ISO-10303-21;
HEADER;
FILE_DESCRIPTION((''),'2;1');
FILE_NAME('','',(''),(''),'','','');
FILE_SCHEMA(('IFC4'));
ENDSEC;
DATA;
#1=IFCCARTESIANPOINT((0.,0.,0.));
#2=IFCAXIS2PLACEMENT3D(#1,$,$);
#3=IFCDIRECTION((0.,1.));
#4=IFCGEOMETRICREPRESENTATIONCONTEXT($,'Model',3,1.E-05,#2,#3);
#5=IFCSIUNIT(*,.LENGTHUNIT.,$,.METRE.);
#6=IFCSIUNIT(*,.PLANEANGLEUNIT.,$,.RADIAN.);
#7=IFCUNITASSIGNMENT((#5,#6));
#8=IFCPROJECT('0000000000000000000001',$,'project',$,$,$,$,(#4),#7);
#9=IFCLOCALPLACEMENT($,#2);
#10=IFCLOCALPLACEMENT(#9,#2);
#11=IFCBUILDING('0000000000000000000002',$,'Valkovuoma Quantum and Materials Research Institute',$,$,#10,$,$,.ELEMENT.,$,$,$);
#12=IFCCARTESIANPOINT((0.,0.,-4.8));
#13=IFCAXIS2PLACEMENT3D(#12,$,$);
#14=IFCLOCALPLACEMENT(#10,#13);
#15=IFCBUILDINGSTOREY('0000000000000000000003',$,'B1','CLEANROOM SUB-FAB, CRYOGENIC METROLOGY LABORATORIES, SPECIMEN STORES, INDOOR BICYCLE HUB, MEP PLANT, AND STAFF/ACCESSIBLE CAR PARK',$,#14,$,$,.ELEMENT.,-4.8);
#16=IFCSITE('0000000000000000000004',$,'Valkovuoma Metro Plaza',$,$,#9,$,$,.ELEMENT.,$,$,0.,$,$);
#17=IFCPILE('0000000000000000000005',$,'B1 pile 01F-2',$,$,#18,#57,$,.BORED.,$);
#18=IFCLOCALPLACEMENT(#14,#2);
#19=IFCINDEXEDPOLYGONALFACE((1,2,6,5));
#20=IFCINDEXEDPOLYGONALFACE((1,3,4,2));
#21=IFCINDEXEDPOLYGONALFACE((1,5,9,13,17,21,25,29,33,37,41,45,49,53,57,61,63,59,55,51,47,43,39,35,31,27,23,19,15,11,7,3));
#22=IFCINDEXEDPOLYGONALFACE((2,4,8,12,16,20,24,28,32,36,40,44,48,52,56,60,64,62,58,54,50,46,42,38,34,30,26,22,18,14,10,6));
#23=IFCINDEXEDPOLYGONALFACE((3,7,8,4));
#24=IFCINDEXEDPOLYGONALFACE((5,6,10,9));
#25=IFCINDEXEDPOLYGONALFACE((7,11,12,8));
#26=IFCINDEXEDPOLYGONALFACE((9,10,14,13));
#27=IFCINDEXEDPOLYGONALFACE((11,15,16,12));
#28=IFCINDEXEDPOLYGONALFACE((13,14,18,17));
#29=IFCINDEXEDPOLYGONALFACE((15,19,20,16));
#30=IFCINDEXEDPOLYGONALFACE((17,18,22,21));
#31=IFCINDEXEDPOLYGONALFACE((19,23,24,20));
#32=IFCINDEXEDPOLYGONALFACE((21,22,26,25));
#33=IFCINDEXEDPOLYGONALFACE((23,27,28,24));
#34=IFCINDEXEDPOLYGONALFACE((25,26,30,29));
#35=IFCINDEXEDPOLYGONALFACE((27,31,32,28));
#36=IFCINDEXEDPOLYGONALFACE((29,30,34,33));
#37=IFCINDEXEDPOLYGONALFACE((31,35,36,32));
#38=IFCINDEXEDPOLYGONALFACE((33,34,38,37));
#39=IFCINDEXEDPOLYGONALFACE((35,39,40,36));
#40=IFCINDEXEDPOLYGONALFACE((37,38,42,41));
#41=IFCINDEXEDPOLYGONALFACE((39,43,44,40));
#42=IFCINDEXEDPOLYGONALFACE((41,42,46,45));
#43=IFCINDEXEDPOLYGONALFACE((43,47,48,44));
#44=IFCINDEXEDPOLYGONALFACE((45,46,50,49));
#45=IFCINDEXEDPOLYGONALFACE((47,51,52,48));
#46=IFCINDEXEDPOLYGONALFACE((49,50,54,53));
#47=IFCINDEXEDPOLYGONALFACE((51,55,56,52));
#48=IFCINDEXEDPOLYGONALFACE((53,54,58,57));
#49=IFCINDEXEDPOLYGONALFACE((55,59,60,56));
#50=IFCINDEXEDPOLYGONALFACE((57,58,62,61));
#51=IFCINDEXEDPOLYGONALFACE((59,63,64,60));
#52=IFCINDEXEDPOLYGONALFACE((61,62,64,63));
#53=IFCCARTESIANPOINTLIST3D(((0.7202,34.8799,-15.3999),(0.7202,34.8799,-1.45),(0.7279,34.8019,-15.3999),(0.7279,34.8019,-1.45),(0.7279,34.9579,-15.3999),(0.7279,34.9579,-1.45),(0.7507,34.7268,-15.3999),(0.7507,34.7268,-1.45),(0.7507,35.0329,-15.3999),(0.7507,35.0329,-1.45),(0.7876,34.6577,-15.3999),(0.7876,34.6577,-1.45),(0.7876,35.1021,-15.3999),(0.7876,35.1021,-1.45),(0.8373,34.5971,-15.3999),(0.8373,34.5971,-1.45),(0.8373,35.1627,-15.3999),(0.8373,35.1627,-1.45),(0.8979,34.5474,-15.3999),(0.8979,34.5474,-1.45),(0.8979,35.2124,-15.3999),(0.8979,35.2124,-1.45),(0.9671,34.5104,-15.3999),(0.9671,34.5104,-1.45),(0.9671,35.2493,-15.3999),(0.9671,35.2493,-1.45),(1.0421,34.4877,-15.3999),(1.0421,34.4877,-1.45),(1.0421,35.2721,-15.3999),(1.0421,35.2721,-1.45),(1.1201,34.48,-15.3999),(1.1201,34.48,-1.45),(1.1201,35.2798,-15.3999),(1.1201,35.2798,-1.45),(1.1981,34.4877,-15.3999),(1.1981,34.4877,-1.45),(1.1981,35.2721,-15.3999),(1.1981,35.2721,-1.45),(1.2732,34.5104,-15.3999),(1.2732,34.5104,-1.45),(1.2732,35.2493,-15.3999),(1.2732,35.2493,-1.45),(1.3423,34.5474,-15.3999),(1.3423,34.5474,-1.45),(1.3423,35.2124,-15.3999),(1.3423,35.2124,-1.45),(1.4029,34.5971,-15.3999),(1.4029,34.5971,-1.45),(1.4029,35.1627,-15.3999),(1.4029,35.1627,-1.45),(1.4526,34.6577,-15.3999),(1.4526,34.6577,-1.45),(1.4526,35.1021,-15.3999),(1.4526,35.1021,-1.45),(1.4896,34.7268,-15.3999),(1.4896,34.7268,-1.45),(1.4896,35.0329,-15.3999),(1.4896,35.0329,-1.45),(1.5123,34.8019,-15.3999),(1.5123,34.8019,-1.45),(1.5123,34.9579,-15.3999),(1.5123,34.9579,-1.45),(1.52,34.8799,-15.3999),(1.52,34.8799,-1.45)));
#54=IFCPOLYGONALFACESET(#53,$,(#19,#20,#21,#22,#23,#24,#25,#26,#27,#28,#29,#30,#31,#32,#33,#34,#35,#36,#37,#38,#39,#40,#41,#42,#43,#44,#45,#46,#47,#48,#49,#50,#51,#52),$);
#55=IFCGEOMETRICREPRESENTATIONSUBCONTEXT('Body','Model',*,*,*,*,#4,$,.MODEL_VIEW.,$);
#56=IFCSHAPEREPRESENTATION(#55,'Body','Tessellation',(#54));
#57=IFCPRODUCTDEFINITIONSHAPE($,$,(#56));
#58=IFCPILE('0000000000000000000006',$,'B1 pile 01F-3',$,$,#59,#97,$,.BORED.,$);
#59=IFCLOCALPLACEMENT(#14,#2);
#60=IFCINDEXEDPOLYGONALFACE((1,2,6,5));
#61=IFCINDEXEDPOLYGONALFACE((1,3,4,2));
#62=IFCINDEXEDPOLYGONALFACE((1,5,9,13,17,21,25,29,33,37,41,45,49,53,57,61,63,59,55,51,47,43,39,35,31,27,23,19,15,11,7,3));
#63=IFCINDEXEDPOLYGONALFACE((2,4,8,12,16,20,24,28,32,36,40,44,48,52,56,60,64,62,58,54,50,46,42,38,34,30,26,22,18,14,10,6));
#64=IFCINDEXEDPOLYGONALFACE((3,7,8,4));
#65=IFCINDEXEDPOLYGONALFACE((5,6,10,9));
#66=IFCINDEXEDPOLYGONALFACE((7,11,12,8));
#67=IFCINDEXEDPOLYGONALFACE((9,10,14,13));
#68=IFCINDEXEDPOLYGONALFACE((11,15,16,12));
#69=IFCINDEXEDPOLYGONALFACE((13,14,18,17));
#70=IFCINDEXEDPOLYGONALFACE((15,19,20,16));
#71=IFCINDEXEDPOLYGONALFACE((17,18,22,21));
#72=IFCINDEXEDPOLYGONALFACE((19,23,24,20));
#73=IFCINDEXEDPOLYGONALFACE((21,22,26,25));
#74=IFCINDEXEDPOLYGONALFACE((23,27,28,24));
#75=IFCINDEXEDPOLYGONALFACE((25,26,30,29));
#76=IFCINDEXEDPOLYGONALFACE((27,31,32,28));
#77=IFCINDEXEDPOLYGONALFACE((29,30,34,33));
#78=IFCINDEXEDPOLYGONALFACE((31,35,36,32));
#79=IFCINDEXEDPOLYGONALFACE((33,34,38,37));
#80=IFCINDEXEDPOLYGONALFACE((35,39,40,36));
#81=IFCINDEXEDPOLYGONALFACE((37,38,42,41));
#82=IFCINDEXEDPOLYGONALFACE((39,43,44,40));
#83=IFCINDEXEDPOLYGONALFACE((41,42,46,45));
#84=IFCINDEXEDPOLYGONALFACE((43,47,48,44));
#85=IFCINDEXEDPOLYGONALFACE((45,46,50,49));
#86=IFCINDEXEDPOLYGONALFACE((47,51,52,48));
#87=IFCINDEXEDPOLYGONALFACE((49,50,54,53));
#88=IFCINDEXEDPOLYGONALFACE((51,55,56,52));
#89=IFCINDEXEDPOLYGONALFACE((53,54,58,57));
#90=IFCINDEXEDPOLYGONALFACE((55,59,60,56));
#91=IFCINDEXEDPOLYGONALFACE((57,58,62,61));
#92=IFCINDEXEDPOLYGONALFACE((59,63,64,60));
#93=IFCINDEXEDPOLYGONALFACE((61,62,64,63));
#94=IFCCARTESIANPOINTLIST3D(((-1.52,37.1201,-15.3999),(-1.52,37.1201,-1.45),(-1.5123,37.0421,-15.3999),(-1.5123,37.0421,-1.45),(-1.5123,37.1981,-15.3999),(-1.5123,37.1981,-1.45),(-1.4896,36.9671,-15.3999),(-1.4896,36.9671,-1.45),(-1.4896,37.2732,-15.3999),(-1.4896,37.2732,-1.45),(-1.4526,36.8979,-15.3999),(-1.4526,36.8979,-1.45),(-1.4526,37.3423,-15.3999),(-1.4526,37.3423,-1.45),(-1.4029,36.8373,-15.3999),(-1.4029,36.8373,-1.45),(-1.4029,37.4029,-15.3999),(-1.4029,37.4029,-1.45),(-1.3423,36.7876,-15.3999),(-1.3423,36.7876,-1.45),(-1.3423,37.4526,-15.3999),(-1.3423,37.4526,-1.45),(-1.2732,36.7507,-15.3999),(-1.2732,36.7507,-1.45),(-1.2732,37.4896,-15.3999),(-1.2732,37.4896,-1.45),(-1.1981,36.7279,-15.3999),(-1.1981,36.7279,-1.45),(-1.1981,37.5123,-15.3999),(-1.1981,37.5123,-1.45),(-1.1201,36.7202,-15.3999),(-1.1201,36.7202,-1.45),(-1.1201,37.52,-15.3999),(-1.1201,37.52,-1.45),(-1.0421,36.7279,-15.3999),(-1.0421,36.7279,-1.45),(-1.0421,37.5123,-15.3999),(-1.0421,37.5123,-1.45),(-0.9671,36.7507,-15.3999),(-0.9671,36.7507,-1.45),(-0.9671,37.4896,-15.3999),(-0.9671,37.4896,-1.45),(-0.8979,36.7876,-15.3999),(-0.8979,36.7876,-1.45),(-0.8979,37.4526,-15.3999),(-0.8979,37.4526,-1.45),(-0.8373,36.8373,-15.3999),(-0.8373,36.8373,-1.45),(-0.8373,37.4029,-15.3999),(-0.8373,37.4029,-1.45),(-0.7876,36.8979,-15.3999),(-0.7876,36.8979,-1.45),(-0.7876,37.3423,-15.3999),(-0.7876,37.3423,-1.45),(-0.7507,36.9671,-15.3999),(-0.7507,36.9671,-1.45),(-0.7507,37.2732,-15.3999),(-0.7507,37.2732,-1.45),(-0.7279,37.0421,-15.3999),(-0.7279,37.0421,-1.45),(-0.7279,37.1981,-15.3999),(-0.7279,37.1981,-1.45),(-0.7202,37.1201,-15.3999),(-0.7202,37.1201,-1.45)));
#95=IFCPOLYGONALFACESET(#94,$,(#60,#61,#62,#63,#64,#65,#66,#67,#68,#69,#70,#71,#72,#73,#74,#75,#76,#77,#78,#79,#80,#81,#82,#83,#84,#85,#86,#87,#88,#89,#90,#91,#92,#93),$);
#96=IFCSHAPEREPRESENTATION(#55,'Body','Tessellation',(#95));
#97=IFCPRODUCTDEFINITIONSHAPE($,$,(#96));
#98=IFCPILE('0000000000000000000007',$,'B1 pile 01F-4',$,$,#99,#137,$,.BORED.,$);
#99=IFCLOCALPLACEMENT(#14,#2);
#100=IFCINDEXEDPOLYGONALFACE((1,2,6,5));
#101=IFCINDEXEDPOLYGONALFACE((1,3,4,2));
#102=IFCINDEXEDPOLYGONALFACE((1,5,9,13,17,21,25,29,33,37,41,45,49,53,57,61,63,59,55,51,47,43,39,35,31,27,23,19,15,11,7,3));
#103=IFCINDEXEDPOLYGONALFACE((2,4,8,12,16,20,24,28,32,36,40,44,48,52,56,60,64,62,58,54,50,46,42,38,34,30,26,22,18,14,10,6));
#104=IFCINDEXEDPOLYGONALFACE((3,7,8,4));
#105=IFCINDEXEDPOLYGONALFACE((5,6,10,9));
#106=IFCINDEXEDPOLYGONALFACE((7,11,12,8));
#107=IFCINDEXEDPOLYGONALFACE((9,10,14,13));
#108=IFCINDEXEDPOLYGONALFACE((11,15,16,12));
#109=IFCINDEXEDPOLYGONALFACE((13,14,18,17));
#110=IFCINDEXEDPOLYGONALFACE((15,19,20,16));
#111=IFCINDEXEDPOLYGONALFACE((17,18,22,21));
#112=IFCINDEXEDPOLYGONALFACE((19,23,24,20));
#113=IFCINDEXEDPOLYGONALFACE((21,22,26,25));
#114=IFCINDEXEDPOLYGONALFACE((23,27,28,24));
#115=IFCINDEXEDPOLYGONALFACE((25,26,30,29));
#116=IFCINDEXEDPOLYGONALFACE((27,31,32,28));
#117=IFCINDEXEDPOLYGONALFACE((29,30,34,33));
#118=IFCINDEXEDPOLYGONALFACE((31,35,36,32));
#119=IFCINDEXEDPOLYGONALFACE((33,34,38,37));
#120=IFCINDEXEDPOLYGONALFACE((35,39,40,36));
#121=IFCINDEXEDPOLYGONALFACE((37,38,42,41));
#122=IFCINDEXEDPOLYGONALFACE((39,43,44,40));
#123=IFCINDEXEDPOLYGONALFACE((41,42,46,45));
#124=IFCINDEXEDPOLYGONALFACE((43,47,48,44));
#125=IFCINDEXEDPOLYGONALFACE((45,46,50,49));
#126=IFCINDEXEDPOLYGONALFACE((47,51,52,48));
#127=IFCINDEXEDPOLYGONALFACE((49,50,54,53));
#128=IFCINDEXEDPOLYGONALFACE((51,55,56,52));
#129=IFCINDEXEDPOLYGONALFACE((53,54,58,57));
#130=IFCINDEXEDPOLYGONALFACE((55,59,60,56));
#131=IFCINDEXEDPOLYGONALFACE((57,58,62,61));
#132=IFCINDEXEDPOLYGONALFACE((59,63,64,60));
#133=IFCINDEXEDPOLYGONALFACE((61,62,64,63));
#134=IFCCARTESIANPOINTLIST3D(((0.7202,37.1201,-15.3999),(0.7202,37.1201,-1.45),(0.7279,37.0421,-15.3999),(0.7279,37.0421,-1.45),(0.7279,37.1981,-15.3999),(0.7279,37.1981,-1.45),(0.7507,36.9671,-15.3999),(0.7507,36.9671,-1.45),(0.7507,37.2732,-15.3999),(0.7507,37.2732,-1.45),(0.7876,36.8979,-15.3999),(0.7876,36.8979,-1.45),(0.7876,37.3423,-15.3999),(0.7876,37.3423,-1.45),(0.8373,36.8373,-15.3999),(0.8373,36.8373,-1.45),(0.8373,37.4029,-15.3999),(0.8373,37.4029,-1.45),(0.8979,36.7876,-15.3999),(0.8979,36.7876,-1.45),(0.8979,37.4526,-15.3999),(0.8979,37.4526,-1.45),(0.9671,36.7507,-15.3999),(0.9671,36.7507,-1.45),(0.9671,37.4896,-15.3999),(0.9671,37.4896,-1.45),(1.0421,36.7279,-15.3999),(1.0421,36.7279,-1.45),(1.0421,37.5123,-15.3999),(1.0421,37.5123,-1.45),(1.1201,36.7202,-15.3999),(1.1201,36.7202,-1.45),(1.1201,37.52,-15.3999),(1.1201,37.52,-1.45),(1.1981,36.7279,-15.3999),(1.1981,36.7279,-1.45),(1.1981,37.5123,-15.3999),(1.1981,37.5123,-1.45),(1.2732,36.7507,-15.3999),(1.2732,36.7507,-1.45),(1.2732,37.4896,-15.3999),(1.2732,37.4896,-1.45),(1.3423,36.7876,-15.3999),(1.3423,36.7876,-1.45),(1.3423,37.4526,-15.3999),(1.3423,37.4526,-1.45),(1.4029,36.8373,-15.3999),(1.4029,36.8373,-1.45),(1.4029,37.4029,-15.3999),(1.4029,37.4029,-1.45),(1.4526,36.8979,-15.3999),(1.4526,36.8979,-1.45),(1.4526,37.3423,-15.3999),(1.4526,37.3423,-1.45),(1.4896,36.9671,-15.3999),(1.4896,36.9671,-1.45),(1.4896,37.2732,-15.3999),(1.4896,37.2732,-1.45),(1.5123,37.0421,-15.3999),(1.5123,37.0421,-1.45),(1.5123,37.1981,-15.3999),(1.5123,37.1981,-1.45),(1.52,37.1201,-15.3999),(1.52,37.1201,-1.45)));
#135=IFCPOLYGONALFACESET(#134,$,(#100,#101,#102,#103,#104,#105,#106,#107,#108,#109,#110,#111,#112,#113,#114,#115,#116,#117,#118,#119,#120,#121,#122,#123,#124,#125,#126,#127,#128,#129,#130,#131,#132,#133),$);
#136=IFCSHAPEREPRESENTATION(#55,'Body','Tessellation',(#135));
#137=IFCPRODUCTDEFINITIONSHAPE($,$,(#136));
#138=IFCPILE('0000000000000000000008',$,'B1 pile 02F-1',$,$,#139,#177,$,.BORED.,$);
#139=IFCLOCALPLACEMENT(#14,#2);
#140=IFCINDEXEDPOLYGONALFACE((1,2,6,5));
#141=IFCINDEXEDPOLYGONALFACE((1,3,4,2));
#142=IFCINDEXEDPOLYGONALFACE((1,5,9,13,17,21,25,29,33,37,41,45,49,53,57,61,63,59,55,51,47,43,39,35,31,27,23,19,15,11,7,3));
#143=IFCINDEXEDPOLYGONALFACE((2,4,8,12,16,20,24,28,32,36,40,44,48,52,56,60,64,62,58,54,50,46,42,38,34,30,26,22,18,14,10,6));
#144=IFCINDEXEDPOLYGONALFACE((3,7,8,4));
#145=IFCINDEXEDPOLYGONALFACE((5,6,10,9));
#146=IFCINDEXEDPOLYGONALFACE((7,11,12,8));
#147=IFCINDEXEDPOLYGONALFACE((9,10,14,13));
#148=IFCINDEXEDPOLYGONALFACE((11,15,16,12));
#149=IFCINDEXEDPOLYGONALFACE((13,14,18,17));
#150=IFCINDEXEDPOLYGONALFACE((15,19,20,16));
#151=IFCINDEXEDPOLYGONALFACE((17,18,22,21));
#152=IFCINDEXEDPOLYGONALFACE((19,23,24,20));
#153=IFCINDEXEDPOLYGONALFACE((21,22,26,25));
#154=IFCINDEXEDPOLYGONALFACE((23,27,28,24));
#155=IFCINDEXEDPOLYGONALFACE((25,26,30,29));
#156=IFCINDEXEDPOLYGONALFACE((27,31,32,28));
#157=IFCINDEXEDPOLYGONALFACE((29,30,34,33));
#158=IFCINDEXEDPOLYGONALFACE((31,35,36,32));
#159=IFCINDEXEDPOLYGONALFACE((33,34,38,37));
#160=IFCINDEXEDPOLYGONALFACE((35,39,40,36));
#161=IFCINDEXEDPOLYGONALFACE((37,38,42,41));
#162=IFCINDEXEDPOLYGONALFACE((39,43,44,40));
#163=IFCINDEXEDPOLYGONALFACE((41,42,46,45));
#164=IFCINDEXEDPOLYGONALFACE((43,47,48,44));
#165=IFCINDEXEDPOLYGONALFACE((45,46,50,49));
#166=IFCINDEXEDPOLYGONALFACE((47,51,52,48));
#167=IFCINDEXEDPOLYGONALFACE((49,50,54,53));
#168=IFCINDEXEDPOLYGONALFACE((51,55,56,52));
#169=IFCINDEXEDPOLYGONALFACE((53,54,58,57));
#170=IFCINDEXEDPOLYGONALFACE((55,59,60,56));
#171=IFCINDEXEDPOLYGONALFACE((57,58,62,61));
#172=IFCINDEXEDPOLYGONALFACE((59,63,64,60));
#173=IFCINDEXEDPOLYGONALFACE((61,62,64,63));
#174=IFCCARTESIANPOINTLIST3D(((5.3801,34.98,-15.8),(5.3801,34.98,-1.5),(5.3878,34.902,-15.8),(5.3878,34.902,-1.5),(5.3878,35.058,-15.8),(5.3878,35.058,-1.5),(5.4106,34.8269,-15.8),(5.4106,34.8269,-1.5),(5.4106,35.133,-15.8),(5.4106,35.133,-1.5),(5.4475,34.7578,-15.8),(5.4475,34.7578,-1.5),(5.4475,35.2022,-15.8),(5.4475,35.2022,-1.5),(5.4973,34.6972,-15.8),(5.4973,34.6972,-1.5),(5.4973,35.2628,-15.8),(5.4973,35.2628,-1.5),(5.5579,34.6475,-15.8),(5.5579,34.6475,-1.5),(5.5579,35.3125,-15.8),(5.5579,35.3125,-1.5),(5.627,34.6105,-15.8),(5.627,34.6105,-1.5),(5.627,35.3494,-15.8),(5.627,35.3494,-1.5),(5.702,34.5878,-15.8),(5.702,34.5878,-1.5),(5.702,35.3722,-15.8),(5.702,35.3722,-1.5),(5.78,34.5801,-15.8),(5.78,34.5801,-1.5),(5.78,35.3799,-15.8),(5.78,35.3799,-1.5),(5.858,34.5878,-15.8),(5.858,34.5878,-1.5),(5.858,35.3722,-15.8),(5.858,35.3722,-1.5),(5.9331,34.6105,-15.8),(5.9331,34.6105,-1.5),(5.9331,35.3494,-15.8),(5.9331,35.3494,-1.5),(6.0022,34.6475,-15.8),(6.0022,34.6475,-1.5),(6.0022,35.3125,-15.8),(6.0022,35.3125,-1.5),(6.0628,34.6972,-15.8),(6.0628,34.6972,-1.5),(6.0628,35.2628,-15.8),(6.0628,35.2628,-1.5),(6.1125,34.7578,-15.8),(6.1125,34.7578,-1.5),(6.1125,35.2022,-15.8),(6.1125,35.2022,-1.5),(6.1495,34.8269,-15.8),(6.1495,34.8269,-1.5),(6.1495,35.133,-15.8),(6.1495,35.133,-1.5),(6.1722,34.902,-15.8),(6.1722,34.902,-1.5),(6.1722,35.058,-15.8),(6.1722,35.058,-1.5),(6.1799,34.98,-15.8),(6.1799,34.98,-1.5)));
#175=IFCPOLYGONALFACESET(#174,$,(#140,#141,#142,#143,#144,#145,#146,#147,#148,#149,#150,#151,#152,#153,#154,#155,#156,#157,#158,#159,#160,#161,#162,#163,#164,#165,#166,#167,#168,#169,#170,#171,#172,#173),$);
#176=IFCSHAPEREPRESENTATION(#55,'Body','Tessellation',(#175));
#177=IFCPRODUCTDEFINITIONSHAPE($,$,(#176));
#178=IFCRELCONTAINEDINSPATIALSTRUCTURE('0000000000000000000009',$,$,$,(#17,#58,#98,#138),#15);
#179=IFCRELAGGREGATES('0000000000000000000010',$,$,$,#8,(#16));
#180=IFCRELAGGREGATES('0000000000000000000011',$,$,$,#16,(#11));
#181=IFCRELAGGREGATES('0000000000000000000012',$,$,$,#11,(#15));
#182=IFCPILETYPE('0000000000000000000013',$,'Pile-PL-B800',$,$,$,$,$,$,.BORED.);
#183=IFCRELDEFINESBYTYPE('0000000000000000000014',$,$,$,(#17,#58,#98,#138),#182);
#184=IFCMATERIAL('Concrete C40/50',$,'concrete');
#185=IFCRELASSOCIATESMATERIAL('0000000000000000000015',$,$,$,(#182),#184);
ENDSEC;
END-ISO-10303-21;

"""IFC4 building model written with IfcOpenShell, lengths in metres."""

from ifc_helpers import new_model, si_unit, direction, frame, origin, origin_2d, place, context, subcontext, project, spatial, circle, extrude, material, material_profile, profile_set, type_object, element, save


model = new_model("IFC4")

# Units and contexts
model_context = context("Model", 3, precision=1e-05, world=origin(), true_north=direction((0.0, 1.0)))
body_context = subcontext(model_context, "Body", "Model", "MODEL_VIEW")
ifc_project = project(units=[si_unit("LENGTHUNIT", "METRE"), si_unit("PLANEANGLEUNIT", "RADIAN")], contexts=[model_context])

# Site, building, storey
site_placement = place(None, origin())
site = spatial("IfcSite", under=ifc_project, at=site_placement, Name="Valkovuoma Metro Plaza", CompositionType="ELEMENT", RefElevation=0.0)
building_placement = place(site_placement, origin())
building = spatial("IfcBuilding", under=site, at=building_placement, Name="Valkovuoma Quantum and Materials Research Institute", CompositionType="ELEMENT")
storey_placement = place(building_placement, frame((0.0, 0.0, -4.8)))
storey = spatial("IfcBuildingStorey", under=building, at=storey_placement, Name="B1", Description="CLEANROOM SUB-FAB, CRYOGENIC METROLOGY LABORATORIES, SPECIMEN STORES, INDOOR BICYCLE HUB, MEP PLANT, AND STAFF/ACCESSIBLE CAR PARK", CompositionType="ELEMENT", Elevation=-4.8)

# Piles
ifc_material_1 = material(Name="Concrete C40/50", Category="concrete")
ifc_material_profile_1 = material_profile(ifc_material_1, circle(Radius=0.3999, at=origin_2d()), Name="Concrete C40/50")
ifc_profile_set_1 = profile_set([ifc_material_profile_1], Name="Concrete C40/50")
pile_type_1 = type_object("IfcPileType", Name="Pile-PL-B800", PredefinedType="BORED", material=ifc_profile_set_1)
for number, where, z_axis, x_axis, name in (
    (1, (1.1201, 34.8799, -1.45), (0.0, 0.0, -1.0), (1.0, 0.0, 0.0), "B1 pile 01F-2"),
    (2, (-1.1201, 37.1201, -1.45), (0.0, 0.0, -1.0), (1.0, 0.0, 0.0), "B1 pile 01F-3"),
    (3, (1.1201, 37.1201, -1.45), (0.0, 0.0, -1.0), (1.0, 0.0, 0.0), "B1 pile 01F-4"),
):
    element("IfcPile", number, at=place(storey_placement, frame(where, z_axis=z_axis, x_axis=x_axis)), inside=storey, type_object=pile_type_1, Name=name, PredefinedType="BORED", context=body_context, shape_type="SweptSolid", body=[
        extrude(circle(Radius=0.3999, at=origin_2d()), origin(), (0.0, 0.0, 1.0), 13.95),
    ])
pile_1_placement = place(storey_placement, frame((5.78, 34.98, -1.5), z_axis=(0.0, 0.0, -1.0), x_axis=(1.0, 0.0, 0.0)))
element("IfcPile", 4, at=pile_1_placement, inside=storey, type_object=pile_type_1, Name="B1 pile 02F-1", PredefinedType="BORED", context=body_context, shape_type="SweptSolid", body=[
    extrude(circle(Radius=0.3999, at=origin_2d()), origin(), (0.0, 0.0, 1.0), 14.3),
])

save(model, "model.ifc")
